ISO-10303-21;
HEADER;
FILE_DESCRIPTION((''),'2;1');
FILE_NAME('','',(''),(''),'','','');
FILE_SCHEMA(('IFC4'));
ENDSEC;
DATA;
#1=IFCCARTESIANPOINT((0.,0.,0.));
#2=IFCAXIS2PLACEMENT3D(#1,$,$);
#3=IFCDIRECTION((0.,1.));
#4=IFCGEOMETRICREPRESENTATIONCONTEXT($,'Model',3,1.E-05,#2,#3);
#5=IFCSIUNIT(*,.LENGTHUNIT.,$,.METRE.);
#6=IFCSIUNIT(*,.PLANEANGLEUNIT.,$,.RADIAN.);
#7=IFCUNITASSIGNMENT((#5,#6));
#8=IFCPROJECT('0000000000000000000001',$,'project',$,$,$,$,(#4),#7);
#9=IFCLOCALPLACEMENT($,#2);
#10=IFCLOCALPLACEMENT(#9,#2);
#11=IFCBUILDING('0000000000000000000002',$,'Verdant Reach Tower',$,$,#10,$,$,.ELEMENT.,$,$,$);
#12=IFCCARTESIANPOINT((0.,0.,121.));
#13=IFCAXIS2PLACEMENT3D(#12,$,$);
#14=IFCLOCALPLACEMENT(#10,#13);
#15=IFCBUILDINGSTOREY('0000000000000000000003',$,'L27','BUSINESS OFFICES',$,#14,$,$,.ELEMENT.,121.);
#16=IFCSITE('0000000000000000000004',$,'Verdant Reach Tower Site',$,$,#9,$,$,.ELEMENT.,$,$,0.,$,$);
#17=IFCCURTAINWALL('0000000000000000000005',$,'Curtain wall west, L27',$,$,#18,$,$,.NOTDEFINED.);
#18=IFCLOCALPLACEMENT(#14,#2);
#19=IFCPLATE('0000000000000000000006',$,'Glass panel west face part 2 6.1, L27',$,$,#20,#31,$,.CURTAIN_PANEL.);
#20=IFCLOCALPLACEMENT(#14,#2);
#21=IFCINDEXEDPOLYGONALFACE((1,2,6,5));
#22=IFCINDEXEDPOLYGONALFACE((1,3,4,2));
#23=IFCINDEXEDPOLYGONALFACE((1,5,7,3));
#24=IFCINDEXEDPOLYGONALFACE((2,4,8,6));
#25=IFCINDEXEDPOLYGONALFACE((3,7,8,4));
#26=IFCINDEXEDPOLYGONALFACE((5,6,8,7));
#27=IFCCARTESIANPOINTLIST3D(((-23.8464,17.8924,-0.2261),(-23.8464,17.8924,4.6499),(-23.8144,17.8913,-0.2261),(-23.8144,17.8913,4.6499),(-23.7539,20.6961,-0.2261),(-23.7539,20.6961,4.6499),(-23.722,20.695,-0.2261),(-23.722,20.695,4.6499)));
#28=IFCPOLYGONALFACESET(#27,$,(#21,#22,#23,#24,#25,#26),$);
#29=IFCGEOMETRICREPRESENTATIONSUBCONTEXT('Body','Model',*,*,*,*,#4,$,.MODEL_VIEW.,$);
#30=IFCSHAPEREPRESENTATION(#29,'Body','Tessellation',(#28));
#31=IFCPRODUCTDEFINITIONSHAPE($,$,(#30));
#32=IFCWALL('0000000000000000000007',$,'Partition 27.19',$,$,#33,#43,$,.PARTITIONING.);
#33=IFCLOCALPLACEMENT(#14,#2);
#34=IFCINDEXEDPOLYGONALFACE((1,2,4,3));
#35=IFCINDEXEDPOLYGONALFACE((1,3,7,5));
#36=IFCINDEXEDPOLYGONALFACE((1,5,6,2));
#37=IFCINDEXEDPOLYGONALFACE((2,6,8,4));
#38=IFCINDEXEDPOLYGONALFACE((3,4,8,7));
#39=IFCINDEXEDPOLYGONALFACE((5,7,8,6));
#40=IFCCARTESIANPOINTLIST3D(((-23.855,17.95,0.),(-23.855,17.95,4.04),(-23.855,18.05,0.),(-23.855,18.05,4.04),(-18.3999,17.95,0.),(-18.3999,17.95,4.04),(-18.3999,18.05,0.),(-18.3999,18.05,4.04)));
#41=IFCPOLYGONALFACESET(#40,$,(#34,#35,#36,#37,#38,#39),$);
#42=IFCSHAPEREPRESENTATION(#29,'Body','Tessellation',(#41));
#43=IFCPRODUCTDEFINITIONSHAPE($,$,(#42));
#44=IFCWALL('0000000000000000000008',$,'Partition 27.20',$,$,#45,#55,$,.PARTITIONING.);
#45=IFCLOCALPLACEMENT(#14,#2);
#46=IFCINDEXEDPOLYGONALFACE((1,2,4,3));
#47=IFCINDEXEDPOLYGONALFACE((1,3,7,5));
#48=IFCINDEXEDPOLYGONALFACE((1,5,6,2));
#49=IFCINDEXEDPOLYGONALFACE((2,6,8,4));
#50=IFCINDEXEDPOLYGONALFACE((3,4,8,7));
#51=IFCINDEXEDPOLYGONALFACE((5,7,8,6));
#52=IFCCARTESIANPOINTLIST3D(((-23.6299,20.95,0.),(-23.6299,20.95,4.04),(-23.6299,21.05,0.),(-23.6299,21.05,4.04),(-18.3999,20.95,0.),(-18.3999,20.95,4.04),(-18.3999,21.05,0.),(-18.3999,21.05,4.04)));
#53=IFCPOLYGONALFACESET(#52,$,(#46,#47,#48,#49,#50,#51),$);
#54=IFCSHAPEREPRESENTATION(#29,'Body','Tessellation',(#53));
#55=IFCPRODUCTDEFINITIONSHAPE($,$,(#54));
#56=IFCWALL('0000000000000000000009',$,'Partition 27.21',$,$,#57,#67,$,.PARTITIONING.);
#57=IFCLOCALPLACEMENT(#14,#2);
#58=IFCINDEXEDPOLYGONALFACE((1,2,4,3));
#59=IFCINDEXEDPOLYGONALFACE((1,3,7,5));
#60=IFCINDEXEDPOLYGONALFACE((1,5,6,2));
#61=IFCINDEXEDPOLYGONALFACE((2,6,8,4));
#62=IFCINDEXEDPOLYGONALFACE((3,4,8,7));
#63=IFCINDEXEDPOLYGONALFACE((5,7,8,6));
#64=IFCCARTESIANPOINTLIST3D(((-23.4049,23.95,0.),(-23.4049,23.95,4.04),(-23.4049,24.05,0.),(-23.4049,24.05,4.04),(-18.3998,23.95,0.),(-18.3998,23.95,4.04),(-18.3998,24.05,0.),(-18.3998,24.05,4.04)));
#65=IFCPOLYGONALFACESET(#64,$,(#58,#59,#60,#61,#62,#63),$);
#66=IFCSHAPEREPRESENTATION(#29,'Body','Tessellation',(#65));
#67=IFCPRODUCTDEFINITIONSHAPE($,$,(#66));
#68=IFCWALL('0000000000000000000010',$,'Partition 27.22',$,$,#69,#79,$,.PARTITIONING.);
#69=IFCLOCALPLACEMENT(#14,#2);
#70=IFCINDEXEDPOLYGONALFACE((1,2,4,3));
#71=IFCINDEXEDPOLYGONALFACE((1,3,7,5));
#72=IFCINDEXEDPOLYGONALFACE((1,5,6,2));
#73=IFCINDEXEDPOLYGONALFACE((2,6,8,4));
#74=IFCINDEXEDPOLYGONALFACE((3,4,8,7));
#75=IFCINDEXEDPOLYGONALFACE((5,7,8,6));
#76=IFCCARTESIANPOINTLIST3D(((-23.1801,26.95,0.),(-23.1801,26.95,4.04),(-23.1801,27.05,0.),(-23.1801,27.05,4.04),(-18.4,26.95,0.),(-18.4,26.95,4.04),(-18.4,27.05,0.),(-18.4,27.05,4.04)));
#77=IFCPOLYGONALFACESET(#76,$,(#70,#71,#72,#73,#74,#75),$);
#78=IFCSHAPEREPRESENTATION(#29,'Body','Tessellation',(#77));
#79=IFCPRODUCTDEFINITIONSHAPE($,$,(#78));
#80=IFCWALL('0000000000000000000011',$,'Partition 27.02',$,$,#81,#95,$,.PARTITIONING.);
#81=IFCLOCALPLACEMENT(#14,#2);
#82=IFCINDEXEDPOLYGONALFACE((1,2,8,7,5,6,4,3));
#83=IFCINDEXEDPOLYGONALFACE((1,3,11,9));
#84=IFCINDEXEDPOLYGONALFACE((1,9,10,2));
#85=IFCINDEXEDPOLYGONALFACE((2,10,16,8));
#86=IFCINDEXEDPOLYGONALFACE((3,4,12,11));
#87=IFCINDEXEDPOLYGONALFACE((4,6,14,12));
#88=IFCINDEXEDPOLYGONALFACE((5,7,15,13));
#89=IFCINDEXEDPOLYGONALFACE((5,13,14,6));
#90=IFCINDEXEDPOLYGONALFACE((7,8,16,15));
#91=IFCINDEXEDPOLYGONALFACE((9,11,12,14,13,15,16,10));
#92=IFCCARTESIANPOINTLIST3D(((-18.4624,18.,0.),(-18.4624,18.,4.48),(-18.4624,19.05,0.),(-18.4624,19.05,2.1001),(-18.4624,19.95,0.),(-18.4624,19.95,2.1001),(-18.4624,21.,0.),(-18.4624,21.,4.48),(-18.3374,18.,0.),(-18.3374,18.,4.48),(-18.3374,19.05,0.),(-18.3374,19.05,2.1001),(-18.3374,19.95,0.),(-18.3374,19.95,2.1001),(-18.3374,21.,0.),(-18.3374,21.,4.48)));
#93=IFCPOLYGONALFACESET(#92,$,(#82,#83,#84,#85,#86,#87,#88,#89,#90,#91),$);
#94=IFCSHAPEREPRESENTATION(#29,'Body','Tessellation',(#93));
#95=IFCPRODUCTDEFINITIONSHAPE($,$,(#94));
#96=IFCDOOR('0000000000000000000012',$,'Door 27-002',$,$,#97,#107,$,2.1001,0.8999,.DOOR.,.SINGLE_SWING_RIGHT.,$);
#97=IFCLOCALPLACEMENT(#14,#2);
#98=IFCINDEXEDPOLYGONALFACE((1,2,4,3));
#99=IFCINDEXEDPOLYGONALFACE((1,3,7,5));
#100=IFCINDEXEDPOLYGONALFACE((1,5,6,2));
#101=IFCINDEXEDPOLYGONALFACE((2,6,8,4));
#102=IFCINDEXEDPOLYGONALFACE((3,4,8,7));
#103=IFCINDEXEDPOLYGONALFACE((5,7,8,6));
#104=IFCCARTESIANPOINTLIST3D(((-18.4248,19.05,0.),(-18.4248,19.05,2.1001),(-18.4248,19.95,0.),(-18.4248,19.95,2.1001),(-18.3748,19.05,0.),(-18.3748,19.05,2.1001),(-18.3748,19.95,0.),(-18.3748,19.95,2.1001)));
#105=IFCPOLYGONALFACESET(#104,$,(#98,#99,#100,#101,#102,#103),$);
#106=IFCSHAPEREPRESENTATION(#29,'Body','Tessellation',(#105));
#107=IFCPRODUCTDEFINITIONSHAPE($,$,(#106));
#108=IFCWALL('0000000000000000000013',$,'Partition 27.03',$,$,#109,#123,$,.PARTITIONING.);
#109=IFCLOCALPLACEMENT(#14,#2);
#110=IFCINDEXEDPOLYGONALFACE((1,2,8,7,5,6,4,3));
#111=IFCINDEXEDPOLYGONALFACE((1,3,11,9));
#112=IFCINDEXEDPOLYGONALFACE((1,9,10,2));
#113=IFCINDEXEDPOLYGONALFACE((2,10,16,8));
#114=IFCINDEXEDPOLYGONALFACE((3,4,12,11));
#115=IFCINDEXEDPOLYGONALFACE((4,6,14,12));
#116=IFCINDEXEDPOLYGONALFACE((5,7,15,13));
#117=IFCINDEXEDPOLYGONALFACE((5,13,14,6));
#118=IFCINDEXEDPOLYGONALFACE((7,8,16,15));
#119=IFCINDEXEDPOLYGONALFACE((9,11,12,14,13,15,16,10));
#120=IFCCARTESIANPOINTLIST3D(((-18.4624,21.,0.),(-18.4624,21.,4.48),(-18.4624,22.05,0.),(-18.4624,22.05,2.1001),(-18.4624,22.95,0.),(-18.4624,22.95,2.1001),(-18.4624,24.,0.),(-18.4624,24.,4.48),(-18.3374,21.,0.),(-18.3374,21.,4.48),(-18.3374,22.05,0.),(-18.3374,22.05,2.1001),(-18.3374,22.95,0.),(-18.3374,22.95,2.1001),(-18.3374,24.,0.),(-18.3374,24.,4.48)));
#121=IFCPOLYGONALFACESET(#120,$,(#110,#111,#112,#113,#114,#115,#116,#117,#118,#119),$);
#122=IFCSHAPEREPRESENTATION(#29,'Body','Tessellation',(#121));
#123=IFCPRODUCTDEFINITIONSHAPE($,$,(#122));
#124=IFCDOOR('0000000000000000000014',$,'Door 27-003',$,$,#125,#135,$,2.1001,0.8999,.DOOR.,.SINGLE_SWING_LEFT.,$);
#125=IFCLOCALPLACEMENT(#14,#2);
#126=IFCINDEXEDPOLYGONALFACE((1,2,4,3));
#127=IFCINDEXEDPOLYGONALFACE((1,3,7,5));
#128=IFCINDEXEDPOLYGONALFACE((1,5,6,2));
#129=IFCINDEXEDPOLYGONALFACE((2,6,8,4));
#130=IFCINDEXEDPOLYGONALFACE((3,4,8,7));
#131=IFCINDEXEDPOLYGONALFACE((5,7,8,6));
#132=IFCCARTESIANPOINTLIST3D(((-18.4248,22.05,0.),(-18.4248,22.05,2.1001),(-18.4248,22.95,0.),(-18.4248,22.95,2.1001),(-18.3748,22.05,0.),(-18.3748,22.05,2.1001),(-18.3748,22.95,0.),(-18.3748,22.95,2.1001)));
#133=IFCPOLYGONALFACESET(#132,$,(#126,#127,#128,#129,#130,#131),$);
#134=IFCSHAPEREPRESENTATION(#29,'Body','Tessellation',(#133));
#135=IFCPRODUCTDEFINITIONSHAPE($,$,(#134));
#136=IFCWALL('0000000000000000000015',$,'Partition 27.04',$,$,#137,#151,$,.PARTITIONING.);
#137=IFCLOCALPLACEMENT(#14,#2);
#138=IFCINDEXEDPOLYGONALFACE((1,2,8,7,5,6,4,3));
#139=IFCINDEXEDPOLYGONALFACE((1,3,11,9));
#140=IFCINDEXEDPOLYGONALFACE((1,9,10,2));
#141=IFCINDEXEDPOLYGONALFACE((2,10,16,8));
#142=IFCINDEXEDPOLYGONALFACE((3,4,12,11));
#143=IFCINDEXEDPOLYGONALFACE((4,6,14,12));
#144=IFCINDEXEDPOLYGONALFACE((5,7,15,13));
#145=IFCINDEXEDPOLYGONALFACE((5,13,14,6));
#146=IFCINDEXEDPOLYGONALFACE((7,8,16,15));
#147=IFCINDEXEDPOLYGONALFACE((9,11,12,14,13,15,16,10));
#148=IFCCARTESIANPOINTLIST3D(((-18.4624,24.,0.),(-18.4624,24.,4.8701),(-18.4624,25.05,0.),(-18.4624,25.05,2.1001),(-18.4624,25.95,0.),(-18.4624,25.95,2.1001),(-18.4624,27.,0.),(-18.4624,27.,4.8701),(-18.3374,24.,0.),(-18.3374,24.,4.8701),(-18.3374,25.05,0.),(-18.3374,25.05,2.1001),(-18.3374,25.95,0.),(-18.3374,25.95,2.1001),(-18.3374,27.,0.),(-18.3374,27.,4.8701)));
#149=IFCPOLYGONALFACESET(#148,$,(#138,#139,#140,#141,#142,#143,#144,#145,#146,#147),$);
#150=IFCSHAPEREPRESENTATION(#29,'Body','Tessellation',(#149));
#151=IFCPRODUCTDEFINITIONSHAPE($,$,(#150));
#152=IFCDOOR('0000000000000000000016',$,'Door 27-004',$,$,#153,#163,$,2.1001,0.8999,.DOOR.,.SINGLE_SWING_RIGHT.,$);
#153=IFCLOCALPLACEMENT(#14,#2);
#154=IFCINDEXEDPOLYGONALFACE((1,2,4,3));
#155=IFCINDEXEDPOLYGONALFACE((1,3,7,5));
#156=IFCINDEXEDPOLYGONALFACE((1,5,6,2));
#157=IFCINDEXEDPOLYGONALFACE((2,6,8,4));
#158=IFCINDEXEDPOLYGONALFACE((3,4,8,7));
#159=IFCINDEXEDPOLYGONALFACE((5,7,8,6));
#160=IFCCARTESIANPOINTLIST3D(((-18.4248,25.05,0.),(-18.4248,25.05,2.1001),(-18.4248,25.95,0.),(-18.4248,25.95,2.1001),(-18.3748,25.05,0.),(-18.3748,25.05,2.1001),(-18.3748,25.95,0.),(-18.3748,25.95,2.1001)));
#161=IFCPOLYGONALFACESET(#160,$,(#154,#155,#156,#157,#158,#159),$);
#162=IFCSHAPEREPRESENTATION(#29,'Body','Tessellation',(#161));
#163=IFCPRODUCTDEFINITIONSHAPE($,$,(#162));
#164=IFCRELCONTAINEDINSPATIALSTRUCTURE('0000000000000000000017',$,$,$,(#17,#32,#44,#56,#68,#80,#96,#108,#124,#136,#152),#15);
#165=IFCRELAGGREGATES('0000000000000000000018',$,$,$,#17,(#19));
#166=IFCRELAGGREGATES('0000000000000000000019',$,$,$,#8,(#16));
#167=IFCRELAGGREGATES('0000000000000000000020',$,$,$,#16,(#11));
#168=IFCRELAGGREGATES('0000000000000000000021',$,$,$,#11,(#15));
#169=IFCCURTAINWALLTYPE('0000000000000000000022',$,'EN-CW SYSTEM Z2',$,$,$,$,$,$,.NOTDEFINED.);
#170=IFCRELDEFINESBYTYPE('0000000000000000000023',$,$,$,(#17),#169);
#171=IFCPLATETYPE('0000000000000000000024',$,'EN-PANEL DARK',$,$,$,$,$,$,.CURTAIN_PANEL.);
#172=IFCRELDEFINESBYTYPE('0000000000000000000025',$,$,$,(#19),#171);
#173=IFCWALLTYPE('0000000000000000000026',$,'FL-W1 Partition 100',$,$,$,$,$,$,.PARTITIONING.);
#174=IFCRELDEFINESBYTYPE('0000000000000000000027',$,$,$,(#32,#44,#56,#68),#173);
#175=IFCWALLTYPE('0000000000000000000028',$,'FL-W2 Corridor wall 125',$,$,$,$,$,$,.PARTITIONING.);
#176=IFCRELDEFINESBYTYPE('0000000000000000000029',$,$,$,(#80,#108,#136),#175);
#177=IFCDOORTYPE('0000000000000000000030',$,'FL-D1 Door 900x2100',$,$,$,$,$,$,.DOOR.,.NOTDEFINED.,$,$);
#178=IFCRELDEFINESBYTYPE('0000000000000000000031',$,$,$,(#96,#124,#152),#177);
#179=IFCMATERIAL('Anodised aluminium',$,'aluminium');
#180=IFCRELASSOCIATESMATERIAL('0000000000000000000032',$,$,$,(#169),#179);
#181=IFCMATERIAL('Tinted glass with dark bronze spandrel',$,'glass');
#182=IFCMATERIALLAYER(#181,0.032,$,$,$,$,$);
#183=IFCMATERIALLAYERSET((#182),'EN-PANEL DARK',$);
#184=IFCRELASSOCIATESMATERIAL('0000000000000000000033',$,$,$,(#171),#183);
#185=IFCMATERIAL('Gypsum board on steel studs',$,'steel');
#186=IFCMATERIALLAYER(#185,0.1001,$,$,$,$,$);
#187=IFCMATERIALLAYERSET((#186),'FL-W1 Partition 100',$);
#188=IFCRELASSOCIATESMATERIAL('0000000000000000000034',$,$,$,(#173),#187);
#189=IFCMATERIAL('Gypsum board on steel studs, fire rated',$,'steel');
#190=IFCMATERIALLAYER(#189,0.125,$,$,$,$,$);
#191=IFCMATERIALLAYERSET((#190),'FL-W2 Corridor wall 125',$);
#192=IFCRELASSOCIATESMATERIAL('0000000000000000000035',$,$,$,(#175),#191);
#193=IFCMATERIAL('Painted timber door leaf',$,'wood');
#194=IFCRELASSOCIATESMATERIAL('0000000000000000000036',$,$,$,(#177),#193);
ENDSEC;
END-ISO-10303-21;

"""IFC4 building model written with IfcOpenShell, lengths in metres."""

from ifc_helpers import new_model, si_unit, direction, frame, frame_2d, origin, origin_2d, place, context, subcontext, project, spatial, rectangle, extrude, material, layer, layer_set, type_object, element, fill, aggregate, save


model = new_model("IFC4")

# Units and contexts
model_context = context("Model", 3, precision=1e-05, world=origin(), true_north=direction((0.0, 1.0)))
body_context = subcontext(model_context, "Body", "Model", "MODEL_VIEW")
ifc_project = project(units=[si_unit("LENGTHUNIT", "METRE"), si_unit("PLANEANGLEUNIT", "RADIAN")], contexts=[model_context])

# Site, building, storey
site_placement = place(None, origin())
site = spatial("IfcSite", under=ifc_project, at=site_placement, Name="Verdant Reach Tower Site", CompositionType="ELEMENT", RefElevation=0.0)
building_placement = place(site_placement, origin())
building = spatial("IfcBuilding", under=site, at=building_placement, Name="Verdant Reach Tower", CompositionType="ELEMENT")
storey_placement = place(building_placement, frame((0.0, 0.0, 121.0)))
storey = spatial("IfcBuildingStorey", under=building, at=storey_placement, Name="L27", Description="BUSINESS OFFICES", CompositionType="ELEMENT", Elevation=121.0)

# Curtain wall
ifc_material_1 = material(Name="Anodised aluminium", Category="aluminium")
curtain_wall_type = type_object("IfcCurtainWallType", Name="EN-CW SYSTEM Z2", PredefinedType="NOTDEFINED", material=ifc_material_1)
curtain_wall_placement = place(storey_placement, origin())
curtain_wall = element("IfcCurtainWall", 1, at=curtain_wall_placement, inside=storey, type_object=curtain_wall_type, Name="Curtain wall west, L27", PredefinedType="NOTDEFINED")

# Plate
ifc_material_2 = material(Name="Tinted glass with dark bronze spandrel", Category="glass")
ifc_layer_1 = layer(ifc_material_2, 0.032)
ifc_layer_set_1 = layer_set([ifc_layer_1], Name="EN-PANEL DARK")
plate_type_1 = type_object("IfcPlateType", Name="EN-PANEL DARK", PredefinedType="CURTAIN_PANEL", material=ifc_layer_set_1)
plate_1_placement = place(storey_placement, frame((-23.7842, 19.2937, -0.2261), z_axis=(0.0, 0.0, 1.0), x_axis=(-0.032966, -0.999456, 0.0)))
plate_1 = element("IfcPlate", 2, at=plate_1_placement, type_object=plate_type_1, Name="Glass panel west face part 2 6.1, L27", PredefinedType="CURTAIN_PANEL", context=body_context, shape_type="SweptSolid", body=[
    extrude(rectangle(XDim=2.8052, YDim=0.032, at=origin_2d()), origin(), (0.0, 0.0, 1.0), 4.876),
])
aggregate(curtain_wall, [plate_1])

# Walls
ifc_material_3 = material(Name="Gypsum board on steel studs", Category="steel")
ifc_layer_2 = layer(ifc_material_3, 0.1001)
ifc_layer_set_2 = layer_set([ifc_layer_2], Name="FL-W1 Partition 100")
wall_type_1 = type_object("IfcWallType", Name="FL-W1 Partition 100", PredefinedType="PARTITIONING", material=ifc_layer_set_2)
wall_1_placement = place(storey_placement, frame((-18.3999, 18.0, 0.0), z_axis=(0.0, 0.0, 1.0), x_axis=(-1.0, 0.0, 0.0)))
element("IfcWall", 3, at=wall_1_placement, inside=storey, type_object=wall_type_1, Name="Partition 27.19", PredefinedType="PARTITIONING", context=body_context, shape_type="SweptSolid", body=[
    extrude(rectangle(XDim=5.4551, YDim=0.1001, at=frame_2d((2.7275, 0.0))), origin(), (0.0, 0.0, 1.0), 4.04),
])
wall_2_placement = place(storey_placement, frame((-18.3999, 21.0, 0.0), z_axis=(0.0, 0.0, 1.0), x_axis=(-1.0, 0.0, 0.0)))
element("IfcWall", 4, at=wall_2_placement, inside=storey, type_object=wall_type_1, Name="Partition 27.20", PredefinedType="PARTITIONING", context=body_context, shape_type="SweptSolid", body=[
    extrude(rectangle(XDim=5.23, YDim=0.1001, at=frame_2d((2.615, 0.0))), origin(), (0.0, 0.0, 1.0), 4.04),
])
wall_3_placement = place(storey_placement, frame((-18.3999, 24.0, 0.0), z_axis=(0.0, 0.0, 1.0), x_axis=(-1.0, 0.0, 0.0)))
element("IfcWall", 5, at=wall_3_placement, inside=storey, type_object=wall_type_1, Name="Partition 27.21", PredefinedType="PARTITIONING", context=body_context, shape_type="SweptSolid", body=[
    extrude(rectangle(XDim=5.0051, YDim=0.1001, at=frame_2d((2.5024, 0.0))), origin(), (0.0, 0.0, 1.0), 4.04),
])
wall_4_placement = place(storey_placement, frame((-18.3999, 27.0, 0.0), z_axis=(0.0, 0.0, 1.0), x_axis=(-1.0, 0.0, 0.0)))
element("IfcWall", 6, at=wall_4_placement, inside=storey, type_object=wall_type_1, Name="Partition 27.22", PredefinedType="PARTITIONING", context=body_context, shape_type="SweptSolid", body=[
    extrude(rectangle(XDim=4.78, YDim=0.1001, at=frame_2d((2.3901, 0.0))), origin(), (0.0, 0.0, 1.0), 4.04),
])

# Walls, openings, doors
ifc_material_4 = material(Name="Gypsum board on steel studs, fire rated", Category="steel")
ifc_layer_3 = layer(ifc_material_4, 0.125)
ifc_layer_set_3 = layer_set([ifc_layer_3], Name="FL-W2 Corridor wall 125")
wall_type_2 = type_object("IfcWallType", Name="FL-W2 Corridor wall 125", PredefinedType="PARTITIONING", material=ifc_layer_set_3)
wall_5_placement = place(storey_placement, frame((-18.3999, 18.0, 0.0), z_axis=(0.0, 0.0, 1.0), x_axis=(0.0, 1.0, 0.0)))
wall_5 = element("IfcWall", 7, at=wall_5_placement, inside=storey, type_object=wall_type_2, Name="Partition 27.02", PredefinedType="PARTITIONING", context=body_context, shape_type="SweptSolid", body=[
    extrude(rectangle(XDim=3.0, YDim=0.125, at=frame_2d((1.5, 0.0))), origin(), (0.0, 0.0, 1.0), 4.48),
])
opening_1_placement = place(wall_5_placement, frame((1.05, 0.0, 0.0)))
opening_1 = element("IfcOpeningElement", 8, at=opening_1_placement, cuts=wall_5, PredefinedType="OPENING", context=body_context, shape_type="SweptSolid", body=[
    extrude(rectangle(XDim=0.8999, YDim=2.1001, at=frame_2d((0.45, 1.05))), frame((0.0, 0.0725, 0.0), z_axis=(0.0, -1.0, 0.0), x_axis=(1.0, 0.0, 0.0)), (0.0, 0.0, 1.0), 0.145),
])
ifc_material_5 = material(Name="Painted timber door leaf", Category="wood")
door_type_1 = type_object("IfcDoorType", Name="FL-D1 Door 900x2100", OperationType="NOTDEFINED", PredefinedType="DOOR", material=ifc_material_5)
door_1_placement = place(opening_1_placement, origin())
door_1 = element("IfcDoor", 9, at=door_1_placement, inside=storey, type_object=door_type_1, Name="Door 27-002", OperationType="SINGLE_SWING_RIGHT", OverallHeight=2.1001, OverallWidth=0.8999, PredefinedType="DOOR", context=body_context, shape_type="SweptSolid", body=[
    extrude(rectangle(XDim=0.8999, YDim=2.1001, at=frame_2d((0.45, 1.05))), frame((0.0, 0.0249, 0.0), z_axis=(0.0, -1.0, 0.0), x_axis=(1.0, 0.0, 0.0)), (0.0, 0.0, 1.0), 0.05),
])
fill(opening_1, door_1)
wall_6_placement = place(storey_placement, frame((-18.3999, 21.0, 0.0), z_axis=(0.0, 0.0, 1.0), x_axis=(0.0, 1.0, 0.0)))
wall_6 = element("IfcWall", 10, at=wall_6_placement, inside=storey, type_object=wall_type_2, Name="Partition 27.03", PredefinedType="PARTITIONING", context=body_context, shape_type="SweptSolid", body=[
    extrude(rectangle(XDim=3.0, YDim=0.125, at=frame_2d((1.5, 0.0))), origin(), (0.0, 0.0, 1.0), 4.48),
])
opening_2_placement = place(wall_6_placement, frame((1.05, 0.0, 0.0)))
opening_2 = element("IfcOpeningElement", 11, at=opening_2_placement, cuts=wall_6, PredefinedType="OPENING", context=body_context, shape_type="SweptSolid", body=[
    extrude(rectangle(XDim=0.8999, YDim=2.1001, at=frame_2d((0.45, 1.05))), frame((0.0, 0.0725, 0.0), z_axis=(0.0, -1.0, 0.0), x_axis=(1.0, 0.0, 0.0)), (0.0, 0.0, 1.0), 0.145),
])
door_2_placement = place(opening_2_placement, origin())
door_2 = element("IfcDoor", 12, at=door_2_placement, inside=storey, type_object=door_type_1, Name="Door 27-003", OperationType="SINGLE_SWING_LEFT", OverallHeight=2.1001, OverallWidth=0.8999, PredefinedType="DOOR", context=body_context, shape_type="SweptSolid", body=[
    extrude(rectangle(XDim=0.8999, YDim=2.1001, at=frame_2d((0.45, 1.05))), frame((0.0, 0.0249, 0.0), z_axis=(0.0, -1.0, 0.0), x_axis=(1.0, 0.0, 0.0)), (0.0, 0.0, 1.0), 0.05),
])
fill(opening_2, door_2)
wall_7_placement = place(storey_placement, frame((-18.3999, 24.0, 0.0), z_axis=(0.0, 0.0, 1.0), x_axis=(0.0, 1.0, 0.0)))
wall_7 = element("IfcWall", 13, at=wall_7_placement, inside=storey, type_object=wall_type_2, Name="Partition 27.04", PredefinedType="PARTITIONING", context=body_context, shape_type="SweptSolid", body=[
    extrude(rectangle(XDim=3.0, YDim=0.125, at=frame_2d((1.5, 0.0))), origin(), (0.0, 0.0, 1.0), 4.8701),
])
opening_3_placement = place(wall_7_placement, frame((1.05, 0.0, 0.0)))
opening_3 = element("IfcOpeningElement", 14, at=opening_3_placement, cuts=wall_7, PredefinedType="OPENING", context=body_context, shape_type="SweptSolid", body=[
    extrude(rectangle(XDim=0.8999, YDim=2.1001, at=frame_2d((0.45, 1.05))), frame((0.0, 0.0725, 0.0), z_axis=(0.0, -1.0, 0.0), x_axis=(1.0, 0.0, 0.0)), (0.0, 0.0, 1.0), 0.145),
])
door_3_placement = place(opening_3_placement, origin())
door_3 = element("IfcDoor", 15, at=door_3_placement, inside=storey, type_object=door_type_1, Name="Door 27-004", OperationType="SINGLE_SWING_RIGHT", OverallHeight=2.1001, OverallWidth=0.8999, PredefinedType="DOOR", context=body_context, shape_type="SweptSolid", body=[
    extrude(rectangle(XDim=0.8999, YDim=2.1001, at=frame_2d((0.45, 1.05))), frame((0.0, 0.0249, 0.0), z_axis=(0.0, -1.0, 0.0), x_axis=(1.0, 0.0, 0.0)), (0.0, 0.0, 1.0), 0.05),
])
fill(opening_3, door_3)

save(model, "model.ifc")
